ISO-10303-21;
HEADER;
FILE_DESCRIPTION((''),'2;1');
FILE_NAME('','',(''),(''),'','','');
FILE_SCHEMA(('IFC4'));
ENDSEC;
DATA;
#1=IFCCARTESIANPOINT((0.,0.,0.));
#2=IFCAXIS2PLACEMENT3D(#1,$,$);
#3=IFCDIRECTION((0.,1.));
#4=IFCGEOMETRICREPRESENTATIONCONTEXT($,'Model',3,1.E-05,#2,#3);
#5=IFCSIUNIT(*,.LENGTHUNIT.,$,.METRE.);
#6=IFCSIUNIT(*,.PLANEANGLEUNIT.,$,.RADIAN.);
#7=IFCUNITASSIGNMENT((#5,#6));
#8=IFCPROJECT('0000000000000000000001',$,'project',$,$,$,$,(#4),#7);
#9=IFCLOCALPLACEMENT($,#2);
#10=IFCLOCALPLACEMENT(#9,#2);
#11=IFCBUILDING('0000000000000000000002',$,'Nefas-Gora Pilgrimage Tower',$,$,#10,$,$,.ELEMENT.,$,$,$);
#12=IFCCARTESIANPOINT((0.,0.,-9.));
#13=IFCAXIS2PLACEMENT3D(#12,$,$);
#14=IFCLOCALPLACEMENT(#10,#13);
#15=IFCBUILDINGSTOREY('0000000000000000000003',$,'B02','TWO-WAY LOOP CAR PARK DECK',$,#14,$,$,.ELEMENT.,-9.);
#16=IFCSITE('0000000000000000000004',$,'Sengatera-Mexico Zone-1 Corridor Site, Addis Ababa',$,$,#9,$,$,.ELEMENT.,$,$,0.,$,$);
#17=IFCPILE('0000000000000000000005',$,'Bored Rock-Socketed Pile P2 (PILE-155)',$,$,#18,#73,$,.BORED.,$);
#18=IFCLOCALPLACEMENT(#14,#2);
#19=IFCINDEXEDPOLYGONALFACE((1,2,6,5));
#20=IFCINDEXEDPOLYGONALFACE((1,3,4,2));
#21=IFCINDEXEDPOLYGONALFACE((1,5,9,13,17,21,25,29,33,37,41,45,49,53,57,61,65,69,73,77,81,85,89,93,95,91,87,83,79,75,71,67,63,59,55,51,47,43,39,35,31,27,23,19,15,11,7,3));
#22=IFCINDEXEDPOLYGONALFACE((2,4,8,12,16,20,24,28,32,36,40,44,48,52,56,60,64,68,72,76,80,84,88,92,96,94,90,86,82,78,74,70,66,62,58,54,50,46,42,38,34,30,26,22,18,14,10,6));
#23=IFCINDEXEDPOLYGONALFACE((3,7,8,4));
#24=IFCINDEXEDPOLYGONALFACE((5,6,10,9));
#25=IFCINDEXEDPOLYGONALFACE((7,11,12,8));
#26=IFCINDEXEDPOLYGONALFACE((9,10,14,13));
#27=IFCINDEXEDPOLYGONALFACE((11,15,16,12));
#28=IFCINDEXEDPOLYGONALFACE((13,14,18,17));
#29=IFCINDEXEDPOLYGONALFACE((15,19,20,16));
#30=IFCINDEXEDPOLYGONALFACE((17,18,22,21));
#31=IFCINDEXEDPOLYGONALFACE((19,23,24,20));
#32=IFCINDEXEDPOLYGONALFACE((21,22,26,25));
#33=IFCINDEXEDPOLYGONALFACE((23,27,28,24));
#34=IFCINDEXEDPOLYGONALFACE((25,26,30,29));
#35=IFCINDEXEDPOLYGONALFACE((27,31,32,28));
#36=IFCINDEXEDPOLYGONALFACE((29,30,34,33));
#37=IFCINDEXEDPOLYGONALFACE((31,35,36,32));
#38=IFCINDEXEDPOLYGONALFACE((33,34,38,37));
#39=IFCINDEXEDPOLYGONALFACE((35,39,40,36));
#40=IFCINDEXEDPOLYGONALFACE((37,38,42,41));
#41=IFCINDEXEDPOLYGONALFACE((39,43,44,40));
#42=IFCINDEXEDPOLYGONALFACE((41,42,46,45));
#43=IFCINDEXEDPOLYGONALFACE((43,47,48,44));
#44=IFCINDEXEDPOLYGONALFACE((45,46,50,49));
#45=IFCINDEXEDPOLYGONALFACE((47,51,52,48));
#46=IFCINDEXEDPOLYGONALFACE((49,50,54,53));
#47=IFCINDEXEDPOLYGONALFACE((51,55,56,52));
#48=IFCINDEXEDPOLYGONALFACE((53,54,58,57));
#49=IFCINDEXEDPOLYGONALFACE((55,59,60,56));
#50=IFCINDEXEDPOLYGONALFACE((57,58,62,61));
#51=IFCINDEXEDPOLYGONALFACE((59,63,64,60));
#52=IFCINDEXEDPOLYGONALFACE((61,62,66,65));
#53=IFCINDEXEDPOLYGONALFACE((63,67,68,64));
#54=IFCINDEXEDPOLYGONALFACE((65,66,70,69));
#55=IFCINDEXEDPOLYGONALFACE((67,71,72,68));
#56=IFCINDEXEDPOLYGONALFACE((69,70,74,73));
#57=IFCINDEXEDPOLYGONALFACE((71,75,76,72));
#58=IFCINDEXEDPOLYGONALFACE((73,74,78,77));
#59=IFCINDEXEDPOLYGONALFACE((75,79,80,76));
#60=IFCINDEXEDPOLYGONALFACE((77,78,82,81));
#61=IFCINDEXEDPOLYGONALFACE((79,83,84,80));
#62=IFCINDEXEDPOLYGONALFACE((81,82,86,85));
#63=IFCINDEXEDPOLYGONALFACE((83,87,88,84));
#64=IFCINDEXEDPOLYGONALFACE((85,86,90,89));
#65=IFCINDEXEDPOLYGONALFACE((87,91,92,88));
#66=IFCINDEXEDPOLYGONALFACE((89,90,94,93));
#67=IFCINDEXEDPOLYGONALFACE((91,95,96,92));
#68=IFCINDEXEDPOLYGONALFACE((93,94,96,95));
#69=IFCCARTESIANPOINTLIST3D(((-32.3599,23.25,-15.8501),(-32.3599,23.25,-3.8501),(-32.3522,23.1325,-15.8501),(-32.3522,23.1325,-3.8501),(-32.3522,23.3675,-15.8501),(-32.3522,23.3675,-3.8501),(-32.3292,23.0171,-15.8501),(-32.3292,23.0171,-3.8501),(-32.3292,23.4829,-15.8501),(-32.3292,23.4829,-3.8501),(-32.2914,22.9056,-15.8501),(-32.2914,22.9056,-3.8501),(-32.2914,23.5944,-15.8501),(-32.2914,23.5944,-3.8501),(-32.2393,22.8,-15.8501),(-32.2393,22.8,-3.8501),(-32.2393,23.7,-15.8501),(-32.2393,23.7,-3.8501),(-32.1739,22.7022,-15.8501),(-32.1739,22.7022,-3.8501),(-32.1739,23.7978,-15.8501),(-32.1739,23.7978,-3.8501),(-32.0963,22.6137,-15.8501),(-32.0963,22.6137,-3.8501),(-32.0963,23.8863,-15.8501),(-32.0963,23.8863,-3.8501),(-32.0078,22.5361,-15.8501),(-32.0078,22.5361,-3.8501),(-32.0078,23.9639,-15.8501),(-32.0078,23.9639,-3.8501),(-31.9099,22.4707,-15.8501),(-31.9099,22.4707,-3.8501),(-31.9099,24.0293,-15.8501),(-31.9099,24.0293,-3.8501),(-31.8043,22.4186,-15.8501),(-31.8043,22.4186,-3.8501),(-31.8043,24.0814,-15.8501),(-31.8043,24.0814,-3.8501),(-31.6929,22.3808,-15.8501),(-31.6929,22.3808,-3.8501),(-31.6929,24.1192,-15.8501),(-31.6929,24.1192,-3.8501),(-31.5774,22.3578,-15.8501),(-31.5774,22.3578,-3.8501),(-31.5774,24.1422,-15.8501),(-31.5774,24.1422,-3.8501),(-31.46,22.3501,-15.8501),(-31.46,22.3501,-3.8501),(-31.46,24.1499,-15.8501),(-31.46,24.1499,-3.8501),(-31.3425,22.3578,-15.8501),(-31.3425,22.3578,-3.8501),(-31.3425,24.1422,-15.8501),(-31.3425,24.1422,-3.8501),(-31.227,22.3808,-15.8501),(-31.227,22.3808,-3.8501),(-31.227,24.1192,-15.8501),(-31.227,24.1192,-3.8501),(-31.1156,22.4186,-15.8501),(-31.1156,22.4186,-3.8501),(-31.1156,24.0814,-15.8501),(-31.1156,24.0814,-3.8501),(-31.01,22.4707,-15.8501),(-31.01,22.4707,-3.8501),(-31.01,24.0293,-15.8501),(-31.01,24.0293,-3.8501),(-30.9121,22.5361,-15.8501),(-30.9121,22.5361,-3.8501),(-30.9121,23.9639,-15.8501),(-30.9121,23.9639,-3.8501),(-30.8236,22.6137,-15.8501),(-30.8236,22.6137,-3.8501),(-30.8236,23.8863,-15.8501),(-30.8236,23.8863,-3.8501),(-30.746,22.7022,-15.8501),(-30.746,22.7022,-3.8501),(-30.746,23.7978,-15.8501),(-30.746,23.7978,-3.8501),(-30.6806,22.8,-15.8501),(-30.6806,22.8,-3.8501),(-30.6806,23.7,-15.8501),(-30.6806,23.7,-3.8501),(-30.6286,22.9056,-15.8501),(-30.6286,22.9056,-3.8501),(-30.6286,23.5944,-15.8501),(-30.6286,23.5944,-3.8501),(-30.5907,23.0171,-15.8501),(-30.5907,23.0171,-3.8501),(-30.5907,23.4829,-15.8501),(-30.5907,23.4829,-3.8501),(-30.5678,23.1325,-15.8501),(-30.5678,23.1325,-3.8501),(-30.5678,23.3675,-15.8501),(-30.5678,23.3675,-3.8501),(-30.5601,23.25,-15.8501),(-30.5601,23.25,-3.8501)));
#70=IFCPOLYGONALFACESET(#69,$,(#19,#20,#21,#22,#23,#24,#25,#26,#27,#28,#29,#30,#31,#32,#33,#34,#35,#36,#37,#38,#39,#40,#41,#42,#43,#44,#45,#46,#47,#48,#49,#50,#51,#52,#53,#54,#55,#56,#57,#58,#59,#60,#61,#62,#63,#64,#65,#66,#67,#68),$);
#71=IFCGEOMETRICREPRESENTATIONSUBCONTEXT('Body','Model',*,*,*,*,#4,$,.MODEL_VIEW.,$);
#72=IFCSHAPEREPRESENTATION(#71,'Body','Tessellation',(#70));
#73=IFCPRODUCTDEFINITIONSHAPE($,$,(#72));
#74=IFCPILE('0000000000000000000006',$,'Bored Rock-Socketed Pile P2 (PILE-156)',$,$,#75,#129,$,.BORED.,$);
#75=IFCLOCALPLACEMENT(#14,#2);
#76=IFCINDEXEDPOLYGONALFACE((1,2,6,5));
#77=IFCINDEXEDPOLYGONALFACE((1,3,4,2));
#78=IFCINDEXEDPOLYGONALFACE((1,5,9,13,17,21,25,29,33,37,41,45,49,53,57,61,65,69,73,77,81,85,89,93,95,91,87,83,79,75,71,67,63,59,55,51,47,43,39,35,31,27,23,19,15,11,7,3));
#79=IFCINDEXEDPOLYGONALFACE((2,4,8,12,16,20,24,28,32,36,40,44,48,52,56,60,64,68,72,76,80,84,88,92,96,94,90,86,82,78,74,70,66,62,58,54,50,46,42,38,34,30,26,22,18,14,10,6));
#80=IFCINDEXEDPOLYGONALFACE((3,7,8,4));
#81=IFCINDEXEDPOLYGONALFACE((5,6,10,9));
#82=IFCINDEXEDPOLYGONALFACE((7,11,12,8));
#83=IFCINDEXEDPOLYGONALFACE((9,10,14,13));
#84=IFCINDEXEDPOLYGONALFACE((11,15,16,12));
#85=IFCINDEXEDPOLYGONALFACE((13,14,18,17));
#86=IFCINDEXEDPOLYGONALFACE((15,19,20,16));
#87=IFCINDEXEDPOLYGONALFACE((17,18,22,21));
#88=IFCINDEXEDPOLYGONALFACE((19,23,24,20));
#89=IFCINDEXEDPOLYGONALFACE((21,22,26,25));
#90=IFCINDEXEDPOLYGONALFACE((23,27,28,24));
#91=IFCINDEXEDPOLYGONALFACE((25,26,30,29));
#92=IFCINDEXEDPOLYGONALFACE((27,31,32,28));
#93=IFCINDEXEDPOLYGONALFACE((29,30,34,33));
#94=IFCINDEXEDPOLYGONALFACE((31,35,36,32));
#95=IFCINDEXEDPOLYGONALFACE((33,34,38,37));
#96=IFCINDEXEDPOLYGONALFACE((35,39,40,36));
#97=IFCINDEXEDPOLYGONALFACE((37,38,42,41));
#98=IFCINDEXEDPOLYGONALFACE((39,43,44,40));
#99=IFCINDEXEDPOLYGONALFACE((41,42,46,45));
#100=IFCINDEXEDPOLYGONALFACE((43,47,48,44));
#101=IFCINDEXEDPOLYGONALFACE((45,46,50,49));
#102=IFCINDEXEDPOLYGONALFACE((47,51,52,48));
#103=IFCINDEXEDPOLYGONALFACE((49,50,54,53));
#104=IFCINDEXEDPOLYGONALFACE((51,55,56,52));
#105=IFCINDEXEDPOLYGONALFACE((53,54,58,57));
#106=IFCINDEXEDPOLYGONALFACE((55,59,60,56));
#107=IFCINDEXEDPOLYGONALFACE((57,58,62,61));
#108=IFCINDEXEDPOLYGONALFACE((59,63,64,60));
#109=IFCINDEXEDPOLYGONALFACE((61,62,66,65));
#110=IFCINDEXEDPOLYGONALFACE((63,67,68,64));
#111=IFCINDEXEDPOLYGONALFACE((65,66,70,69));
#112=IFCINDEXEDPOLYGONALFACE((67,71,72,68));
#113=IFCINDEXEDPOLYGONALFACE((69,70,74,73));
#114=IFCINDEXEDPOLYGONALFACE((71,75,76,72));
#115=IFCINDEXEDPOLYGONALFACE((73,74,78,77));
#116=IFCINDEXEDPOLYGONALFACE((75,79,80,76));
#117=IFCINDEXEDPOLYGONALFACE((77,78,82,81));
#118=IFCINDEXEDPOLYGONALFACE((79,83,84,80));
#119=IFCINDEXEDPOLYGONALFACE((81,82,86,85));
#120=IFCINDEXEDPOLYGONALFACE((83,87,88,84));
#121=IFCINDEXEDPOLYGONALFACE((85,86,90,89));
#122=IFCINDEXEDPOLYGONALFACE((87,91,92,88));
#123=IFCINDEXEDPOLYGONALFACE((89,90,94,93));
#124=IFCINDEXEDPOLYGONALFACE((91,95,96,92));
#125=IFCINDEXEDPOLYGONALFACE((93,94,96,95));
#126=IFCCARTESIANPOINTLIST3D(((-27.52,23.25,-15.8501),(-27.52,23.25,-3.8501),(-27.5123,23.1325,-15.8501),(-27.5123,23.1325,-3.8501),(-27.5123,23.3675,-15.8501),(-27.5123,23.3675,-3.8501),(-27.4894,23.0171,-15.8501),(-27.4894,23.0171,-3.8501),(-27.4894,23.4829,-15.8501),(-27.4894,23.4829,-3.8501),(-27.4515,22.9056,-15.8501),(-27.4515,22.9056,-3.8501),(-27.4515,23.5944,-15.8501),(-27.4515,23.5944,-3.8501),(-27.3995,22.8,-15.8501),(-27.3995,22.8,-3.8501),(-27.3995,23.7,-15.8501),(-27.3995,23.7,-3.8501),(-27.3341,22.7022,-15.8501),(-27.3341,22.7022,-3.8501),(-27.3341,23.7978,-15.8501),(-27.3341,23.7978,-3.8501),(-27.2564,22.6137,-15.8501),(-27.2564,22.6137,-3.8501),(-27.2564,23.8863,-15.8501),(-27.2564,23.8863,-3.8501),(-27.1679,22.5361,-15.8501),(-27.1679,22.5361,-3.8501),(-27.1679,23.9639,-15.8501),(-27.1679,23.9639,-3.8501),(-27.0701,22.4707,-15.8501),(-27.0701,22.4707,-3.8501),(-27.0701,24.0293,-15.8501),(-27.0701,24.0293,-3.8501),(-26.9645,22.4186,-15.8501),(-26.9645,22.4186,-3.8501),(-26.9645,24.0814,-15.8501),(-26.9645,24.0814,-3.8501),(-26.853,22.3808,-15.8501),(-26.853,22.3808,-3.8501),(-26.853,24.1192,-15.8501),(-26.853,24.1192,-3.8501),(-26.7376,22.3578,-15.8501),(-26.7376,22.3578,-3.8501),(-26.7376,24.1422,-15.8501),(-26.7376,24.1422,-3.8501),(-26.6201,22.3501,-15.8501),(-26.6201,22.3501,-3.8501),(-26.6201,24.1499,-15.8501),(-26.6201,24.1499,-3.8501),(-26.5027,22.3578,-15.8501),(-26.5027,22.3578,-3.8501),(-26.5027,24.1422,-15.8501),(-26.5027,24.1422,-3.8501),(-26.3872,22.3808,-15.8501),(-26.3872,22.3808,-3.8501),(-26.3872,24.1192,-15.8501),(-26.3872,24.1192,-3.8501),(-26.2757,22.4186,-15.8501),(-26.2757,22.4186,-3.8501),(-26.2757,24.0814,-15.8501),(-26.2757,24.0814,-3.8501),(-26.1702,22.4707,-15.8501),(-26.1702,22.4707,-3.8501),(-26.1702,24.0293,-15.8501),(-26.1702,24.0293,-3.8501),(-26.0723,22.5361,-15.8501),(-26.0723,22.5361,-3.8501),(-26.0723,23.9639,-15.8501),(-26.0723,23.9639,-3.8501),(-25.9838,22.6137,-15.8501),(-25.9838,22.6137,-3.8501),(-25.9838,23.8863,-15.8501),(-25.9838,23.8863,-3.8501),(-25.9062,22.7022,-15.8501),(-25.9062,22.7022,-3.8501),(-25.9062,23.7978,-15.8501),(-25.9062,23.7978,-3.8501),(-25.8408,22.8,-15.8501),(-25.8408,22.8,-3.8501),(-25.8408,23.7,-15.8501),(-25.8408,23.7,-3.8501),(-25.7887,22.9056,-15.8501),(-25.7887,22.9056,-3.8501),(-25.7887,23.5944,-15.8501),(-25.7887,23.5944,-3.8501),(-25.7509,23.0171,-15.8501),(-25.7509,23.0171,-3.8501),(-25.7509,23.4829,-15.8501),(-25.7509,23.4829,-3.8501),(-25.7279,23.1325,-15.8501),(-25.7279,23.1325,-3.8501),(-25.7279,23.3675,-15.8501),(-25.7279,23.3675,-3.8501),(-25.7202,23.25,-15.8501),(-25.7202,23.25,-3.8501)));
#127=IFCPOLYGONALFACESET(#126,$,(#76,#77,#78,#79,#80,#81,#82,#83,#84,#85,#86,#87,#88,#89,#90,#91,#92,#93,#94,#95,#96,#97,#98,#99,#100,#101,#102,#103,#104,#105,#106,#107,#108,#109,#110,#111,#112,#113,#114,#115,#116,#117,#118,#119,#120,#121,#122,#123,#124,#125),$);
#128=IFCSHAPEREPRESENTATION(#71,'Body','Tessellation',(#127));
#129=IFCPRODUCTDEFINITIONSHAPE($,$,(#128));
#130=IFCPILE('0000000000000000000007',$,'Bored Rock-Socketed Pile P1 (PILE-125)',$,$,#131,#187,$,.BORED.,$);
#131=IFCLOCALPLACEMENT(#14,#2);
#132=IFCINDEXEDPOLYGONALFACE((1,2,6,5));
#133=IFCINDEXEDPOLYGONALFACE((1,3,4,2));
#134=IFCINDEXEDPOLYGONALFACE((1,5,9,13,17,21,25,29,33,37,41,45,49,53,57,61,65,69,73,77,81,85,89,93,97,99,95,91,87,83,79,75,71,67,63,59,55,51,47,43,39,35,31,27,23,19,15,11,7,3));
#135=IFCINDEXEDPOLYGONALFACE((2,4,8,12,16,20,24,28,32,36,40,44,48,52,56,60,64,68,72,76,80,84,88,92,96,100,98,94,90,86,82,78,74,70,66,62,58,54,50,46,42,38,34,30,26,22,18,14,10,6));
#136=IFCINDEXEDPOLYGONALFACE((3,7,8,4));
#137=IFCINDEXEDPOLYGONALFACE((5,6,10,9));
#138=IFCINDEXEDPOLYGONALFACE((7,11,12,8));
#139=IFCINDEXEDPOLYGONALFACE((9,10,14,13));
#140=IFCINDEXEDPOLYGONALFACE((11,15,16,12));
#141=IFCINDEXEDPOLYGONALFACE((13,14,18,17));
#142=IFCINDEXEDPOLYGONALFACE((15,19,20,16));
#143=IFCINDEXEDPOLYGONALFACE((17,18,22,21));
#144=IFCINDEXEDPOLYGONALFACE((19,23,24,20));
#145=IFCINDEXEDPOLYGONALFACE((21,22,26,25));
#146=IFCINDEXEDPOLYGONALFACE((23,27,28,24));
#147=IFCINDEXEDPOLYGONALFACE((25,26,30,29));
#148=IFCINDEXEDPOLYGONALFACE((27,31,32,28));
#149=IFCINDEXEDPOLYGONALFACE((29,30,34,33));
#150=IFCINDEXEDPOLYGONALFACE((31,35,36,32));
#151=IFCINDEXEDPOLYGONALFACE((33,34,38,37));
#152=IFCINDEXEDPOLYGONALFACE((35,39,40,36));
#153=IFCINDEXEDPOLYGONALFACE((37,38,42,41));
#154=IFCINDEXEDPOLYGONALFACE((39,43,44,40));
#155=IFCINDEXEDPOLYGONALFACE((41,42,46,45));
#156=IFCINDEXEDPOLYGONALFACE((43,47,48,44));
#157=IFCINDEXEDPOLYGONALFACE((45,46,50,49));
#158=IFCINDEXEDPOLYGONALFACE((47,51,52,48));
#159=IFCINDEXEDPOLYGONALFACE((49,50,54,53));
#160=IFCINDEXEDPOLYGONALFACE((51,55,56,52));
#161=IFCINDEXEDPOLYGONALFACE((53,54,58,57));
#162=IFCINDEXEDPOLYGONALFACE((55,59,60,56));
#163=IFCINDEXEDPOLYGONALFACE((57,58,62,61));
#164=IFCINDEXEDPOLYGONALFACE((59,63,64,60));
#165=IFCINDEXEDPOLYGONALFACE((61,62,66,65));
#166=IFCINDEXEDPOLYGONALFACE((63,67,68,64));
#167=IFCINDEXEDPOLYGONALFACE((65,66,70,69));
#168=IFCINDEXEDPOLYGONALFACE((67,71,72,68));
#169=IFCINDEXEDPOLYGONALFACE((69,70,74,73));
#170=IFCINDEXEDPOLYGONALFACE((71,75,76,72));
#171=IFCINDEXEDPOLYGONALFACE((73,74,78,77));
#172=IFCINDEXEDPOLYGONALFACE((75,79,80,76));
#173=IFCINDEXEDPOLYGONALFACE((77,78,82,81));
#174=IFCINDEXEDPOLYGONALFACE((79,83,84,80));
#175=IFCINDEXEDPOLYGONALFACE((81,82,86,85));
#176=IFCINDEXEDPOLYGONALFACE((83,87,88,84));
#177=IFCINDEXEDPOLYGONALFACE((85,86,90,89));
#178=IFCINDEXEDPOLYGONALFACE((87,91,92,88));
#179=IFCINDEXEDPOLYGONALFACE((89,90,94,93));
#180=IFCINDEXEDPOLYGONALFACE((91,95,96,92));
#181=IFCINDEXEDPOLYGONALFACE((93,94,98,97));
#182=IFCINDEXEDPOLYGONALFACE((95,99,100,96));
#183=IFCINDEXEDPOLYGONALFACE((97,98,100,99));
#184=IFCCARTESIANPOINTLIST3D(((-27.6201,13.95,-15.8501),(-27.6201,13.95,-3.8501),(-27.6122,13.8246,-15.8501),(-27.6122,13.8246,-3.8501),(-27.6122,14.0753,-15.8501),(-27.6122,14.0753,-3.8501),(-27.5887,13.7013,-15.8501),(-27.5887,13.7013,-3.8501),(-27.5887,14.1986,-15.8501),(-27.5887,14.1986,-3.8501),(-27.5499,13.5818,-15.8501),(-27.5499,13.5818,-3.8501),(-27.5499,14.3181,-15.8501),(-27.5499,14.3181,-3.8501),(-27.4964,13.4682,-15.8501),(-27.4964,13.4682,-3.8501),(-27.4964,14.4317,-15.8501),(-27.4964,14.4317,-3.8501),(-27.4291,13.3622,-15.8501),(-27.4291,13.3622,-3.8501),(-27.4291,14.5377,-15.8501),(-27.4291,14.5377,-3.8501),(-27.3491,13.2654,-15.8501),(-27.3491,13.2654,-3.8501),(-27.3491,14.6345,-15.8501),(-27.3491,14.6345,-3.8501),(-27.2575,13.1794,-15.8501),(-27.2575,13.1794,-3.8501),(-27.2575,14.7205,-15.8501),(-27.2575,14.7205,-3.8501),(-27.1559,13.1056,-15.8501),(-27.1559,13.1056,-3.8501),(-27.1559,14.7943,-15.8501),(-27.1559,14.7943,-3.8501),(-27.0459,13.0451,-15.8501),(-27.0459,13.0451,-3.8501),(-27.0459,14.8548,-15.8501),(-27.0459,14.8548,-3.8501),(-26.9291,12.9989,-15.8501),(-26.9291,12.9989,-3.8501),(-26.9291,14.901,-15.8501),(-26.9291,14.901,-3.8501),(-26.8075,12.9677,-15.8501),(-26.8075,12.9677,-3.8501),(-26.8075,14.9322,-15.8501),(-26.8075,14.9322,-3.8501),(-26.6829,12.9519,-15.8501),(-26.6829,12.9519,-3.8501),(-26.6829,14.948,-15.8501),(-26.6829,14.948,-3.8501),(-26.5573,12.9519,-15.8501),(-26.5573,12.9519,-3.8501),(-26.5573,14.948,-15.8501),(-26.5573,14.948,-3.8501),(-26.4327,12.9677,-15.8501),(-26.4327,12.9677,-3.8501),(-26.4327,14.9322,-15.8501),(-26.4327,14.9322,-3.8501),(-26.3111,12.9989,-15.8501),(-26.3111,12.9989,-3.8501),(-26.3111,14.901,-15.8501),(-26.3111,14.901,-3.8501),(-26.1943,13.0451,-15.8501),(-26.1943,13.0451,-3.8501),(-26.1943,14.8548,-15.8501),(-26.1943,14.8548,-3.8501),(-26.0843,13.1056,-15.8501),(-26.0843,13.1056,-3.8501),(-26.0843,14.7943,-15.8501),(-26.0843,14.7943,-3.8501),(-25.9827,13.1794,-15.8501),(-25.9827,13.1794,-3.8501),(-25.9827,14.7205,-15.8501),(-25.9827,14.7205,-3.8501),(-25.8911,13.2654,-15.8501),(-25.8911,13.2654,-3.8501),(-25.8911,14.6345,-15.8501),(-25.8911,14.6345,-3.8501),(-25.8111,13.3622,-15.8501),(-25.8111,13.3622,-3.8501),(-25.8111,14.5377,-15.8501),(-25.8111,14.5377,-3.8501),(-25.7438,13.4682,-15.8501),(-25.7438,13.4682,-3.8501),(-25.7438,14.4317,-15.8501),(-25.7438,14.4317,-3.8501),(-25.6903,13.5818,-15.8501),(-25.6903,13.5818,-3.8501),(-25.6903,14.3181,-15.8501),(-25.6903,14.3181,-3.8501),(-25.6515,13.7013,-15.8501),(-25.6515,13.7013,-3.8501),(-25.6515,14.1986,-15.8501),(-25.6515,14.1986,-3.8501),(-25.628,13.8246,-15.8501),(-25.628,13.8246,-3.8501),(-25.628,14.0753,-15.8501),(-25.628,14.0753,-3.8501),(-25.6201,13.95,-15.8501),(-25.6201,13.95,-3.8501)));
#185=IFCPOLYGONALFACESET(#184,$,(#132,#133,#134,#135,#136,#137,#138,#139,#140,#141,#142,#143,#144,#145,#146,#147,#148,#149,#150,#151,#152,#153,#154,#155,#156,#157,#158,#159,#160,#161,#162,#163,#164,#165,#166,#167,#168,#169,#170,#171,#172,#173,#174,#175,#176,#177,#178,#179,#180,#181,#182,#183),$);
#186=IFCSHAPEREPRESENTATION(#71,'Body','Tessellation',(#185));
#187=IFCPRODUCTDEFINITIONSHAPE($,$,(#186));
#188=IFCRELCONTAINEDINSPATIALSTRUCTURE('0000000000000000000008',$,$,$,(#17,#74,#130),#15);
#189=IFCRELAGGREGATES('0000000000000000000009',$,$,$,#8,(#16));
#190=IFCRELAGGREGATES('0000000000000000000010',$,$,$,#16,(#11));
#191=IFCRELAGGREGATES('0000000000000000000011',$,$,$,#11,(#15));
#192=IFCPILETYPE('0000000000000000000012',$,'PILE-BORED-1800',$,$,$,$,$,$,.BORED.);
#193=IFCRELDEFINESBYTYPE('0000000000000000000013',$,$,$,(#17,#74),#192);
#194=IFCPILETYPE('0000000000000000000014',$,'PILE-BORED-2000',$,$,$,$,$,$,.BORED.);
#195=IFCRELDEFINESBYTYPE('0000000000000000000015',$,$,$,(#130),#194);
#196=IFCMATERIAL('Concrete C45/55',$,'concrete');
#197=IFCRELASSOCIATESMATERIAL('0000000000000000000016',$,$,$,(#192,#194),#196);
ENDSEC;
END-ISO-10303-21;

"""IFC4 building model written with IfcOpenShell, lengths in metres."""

from ifc_helpers import new_model, si_unit, direction, frame, origin, origin_2d, place, context, subcontext, project, spatial, circle, extrude, source, transform, mapped, material, material_profile, profile_set, type_object, element, save


model = new_model("IFC4")

# Units and contexts
model_context = context("Model", 3, precision=1e-05, world=origin(), true_north=direction((0.0, 1.0)))
body_context = subcontext(model_context, "Body", "Model", "MODEL_VIEW")
ifc_project = project(units=[si_unit("LENGTHUNIT", "METRE"), si_unit("PLANEANGLEUNIT", "RADIAN")], contexts=[model_context])

# Site, building, storey
site_placement = place(None, origin())
site = spatial("IfcSite", under=ifc_project, at=site_placement, Name="Sengatera-Mexico Zone-1 Corridor Site, Addis Ababa", CompositionType="ELEMENT", RefElevation=0.0)
building_placement = place(site_placement, origin())
building = spatial("IfcBuilding", under=site, at=building_placement, Name="Nefas-Gora Pilgrimage Tower", CompositionType="ELEMENT")
storey_placement = place(building_placement, frame((0.0, 0.0, -9.0)))
storey = spatial("IfcBuildingStorey", under=building, at=storey_placement, Name="B02", Description="TWO-WAY LOOP CAR PARK DECK", CompositionType="ELEMENT", Elevation=-9.0)

# Piles
ifc_material_1 = material(Name="Concrete C45/55", Category="concrete")
ifc_material_profile_1 = material_profile(ifc_material_1, circle(Radius=0.8999, at=origin_2d()), Name="PILE D1800")
ifc_profile_set_1 = profile_set([ifc_material_profile_1], Name="Concrete C45/55")
pile_type_1 = type_object("IfcPileType", Name="PILE-BORED-1800", PredefinedType="BORED", material=ifc_profile_set_1)
shared_shape_1 = source(origin(), body_context, "Body", "SweptSolid", [
    extrude(circle(Radius=0.8999, at=origin_2d()), origin(), (0.0, 0.0, 1.0), 12.0),
])
for number, where, z_axis, x_axis, name in (
    (1, (-31.46, 23.25, -3.8501), (0.0, 0.0, -1.0), (1.0, 0.0, 0.0), "Bored Rock-Socketed Pile P2 (PILE-155)"),
    (2, (-26.6201, 23.25, -3.8501), (0.0, 0.0, -1.0), (1.0, 0.0, 0.0), "Bored Rock-Socketed Pile P2 (PILE-156)"),
):
    element("IfcPile", number, at=place(storey_placement, frame(where, z_axis=z_axis, x_axis=x_axis)), inside=storey, type_object=pile_type_1, Name=name, PredefinedType="BORED", context=body_context, shape_type="MappedRepresentation", body=[
        mapped(shared_shape_1, transform((0.0, 0.0, 0.0), x_axis=(1.0, 0.0, 0.0), y_axis=(0.0, 1.0, 0.0), z_axis=(0.0, 0.0, 1.0), scale=1.0)),
    ])
ifc_material_profile_2 = material_profile(ifc_material_1, circle(Radius=1.0, at=origin_2d()), Name="PILE D2000")
ifc_profile_set_2 = profile_set([ifc_material_profile_2], Name="Concrete C45/55")
pile_type_2 = type_object("IfcPileType", Name="PILE-BORED-2000", PredefinedType="BORED", material=ifc_profile_set_2)
shared_shape_2 = source(origin(), body_context, "Body", "SweptSolid", [
    extrude(circle(Radius=1.0, at=origin_2d()), origin(), (0.0, 0.0, 1.0), 12.0),
])
pile_placement = place(storey_placement, frame((-26.6201, 13.95, -3.8501), z_axis=(0.0, 0.0, -1.0), x_axis=(1.0, 0.0, 0.0)))
element("IfcPile", 3, at=pile_placement, inside=storey, type_object=pile_type_2, Name="Bored Rock-Socketed Pile P1 (PILE-125)", PredefinedType="BORED", context=body_context, shape_type="MappedRepresentation", body=[
    mapped(shared_shape_2, transform((0.0, 0.0, 0.0), x_axis=(1.0, 0.0, 0.0), y_axis=(0.0, 1.0, 0.0), z_axis=(0.0, 0.0, 1.0), scale=1.0)),
])

save(model, "model.ifc")
